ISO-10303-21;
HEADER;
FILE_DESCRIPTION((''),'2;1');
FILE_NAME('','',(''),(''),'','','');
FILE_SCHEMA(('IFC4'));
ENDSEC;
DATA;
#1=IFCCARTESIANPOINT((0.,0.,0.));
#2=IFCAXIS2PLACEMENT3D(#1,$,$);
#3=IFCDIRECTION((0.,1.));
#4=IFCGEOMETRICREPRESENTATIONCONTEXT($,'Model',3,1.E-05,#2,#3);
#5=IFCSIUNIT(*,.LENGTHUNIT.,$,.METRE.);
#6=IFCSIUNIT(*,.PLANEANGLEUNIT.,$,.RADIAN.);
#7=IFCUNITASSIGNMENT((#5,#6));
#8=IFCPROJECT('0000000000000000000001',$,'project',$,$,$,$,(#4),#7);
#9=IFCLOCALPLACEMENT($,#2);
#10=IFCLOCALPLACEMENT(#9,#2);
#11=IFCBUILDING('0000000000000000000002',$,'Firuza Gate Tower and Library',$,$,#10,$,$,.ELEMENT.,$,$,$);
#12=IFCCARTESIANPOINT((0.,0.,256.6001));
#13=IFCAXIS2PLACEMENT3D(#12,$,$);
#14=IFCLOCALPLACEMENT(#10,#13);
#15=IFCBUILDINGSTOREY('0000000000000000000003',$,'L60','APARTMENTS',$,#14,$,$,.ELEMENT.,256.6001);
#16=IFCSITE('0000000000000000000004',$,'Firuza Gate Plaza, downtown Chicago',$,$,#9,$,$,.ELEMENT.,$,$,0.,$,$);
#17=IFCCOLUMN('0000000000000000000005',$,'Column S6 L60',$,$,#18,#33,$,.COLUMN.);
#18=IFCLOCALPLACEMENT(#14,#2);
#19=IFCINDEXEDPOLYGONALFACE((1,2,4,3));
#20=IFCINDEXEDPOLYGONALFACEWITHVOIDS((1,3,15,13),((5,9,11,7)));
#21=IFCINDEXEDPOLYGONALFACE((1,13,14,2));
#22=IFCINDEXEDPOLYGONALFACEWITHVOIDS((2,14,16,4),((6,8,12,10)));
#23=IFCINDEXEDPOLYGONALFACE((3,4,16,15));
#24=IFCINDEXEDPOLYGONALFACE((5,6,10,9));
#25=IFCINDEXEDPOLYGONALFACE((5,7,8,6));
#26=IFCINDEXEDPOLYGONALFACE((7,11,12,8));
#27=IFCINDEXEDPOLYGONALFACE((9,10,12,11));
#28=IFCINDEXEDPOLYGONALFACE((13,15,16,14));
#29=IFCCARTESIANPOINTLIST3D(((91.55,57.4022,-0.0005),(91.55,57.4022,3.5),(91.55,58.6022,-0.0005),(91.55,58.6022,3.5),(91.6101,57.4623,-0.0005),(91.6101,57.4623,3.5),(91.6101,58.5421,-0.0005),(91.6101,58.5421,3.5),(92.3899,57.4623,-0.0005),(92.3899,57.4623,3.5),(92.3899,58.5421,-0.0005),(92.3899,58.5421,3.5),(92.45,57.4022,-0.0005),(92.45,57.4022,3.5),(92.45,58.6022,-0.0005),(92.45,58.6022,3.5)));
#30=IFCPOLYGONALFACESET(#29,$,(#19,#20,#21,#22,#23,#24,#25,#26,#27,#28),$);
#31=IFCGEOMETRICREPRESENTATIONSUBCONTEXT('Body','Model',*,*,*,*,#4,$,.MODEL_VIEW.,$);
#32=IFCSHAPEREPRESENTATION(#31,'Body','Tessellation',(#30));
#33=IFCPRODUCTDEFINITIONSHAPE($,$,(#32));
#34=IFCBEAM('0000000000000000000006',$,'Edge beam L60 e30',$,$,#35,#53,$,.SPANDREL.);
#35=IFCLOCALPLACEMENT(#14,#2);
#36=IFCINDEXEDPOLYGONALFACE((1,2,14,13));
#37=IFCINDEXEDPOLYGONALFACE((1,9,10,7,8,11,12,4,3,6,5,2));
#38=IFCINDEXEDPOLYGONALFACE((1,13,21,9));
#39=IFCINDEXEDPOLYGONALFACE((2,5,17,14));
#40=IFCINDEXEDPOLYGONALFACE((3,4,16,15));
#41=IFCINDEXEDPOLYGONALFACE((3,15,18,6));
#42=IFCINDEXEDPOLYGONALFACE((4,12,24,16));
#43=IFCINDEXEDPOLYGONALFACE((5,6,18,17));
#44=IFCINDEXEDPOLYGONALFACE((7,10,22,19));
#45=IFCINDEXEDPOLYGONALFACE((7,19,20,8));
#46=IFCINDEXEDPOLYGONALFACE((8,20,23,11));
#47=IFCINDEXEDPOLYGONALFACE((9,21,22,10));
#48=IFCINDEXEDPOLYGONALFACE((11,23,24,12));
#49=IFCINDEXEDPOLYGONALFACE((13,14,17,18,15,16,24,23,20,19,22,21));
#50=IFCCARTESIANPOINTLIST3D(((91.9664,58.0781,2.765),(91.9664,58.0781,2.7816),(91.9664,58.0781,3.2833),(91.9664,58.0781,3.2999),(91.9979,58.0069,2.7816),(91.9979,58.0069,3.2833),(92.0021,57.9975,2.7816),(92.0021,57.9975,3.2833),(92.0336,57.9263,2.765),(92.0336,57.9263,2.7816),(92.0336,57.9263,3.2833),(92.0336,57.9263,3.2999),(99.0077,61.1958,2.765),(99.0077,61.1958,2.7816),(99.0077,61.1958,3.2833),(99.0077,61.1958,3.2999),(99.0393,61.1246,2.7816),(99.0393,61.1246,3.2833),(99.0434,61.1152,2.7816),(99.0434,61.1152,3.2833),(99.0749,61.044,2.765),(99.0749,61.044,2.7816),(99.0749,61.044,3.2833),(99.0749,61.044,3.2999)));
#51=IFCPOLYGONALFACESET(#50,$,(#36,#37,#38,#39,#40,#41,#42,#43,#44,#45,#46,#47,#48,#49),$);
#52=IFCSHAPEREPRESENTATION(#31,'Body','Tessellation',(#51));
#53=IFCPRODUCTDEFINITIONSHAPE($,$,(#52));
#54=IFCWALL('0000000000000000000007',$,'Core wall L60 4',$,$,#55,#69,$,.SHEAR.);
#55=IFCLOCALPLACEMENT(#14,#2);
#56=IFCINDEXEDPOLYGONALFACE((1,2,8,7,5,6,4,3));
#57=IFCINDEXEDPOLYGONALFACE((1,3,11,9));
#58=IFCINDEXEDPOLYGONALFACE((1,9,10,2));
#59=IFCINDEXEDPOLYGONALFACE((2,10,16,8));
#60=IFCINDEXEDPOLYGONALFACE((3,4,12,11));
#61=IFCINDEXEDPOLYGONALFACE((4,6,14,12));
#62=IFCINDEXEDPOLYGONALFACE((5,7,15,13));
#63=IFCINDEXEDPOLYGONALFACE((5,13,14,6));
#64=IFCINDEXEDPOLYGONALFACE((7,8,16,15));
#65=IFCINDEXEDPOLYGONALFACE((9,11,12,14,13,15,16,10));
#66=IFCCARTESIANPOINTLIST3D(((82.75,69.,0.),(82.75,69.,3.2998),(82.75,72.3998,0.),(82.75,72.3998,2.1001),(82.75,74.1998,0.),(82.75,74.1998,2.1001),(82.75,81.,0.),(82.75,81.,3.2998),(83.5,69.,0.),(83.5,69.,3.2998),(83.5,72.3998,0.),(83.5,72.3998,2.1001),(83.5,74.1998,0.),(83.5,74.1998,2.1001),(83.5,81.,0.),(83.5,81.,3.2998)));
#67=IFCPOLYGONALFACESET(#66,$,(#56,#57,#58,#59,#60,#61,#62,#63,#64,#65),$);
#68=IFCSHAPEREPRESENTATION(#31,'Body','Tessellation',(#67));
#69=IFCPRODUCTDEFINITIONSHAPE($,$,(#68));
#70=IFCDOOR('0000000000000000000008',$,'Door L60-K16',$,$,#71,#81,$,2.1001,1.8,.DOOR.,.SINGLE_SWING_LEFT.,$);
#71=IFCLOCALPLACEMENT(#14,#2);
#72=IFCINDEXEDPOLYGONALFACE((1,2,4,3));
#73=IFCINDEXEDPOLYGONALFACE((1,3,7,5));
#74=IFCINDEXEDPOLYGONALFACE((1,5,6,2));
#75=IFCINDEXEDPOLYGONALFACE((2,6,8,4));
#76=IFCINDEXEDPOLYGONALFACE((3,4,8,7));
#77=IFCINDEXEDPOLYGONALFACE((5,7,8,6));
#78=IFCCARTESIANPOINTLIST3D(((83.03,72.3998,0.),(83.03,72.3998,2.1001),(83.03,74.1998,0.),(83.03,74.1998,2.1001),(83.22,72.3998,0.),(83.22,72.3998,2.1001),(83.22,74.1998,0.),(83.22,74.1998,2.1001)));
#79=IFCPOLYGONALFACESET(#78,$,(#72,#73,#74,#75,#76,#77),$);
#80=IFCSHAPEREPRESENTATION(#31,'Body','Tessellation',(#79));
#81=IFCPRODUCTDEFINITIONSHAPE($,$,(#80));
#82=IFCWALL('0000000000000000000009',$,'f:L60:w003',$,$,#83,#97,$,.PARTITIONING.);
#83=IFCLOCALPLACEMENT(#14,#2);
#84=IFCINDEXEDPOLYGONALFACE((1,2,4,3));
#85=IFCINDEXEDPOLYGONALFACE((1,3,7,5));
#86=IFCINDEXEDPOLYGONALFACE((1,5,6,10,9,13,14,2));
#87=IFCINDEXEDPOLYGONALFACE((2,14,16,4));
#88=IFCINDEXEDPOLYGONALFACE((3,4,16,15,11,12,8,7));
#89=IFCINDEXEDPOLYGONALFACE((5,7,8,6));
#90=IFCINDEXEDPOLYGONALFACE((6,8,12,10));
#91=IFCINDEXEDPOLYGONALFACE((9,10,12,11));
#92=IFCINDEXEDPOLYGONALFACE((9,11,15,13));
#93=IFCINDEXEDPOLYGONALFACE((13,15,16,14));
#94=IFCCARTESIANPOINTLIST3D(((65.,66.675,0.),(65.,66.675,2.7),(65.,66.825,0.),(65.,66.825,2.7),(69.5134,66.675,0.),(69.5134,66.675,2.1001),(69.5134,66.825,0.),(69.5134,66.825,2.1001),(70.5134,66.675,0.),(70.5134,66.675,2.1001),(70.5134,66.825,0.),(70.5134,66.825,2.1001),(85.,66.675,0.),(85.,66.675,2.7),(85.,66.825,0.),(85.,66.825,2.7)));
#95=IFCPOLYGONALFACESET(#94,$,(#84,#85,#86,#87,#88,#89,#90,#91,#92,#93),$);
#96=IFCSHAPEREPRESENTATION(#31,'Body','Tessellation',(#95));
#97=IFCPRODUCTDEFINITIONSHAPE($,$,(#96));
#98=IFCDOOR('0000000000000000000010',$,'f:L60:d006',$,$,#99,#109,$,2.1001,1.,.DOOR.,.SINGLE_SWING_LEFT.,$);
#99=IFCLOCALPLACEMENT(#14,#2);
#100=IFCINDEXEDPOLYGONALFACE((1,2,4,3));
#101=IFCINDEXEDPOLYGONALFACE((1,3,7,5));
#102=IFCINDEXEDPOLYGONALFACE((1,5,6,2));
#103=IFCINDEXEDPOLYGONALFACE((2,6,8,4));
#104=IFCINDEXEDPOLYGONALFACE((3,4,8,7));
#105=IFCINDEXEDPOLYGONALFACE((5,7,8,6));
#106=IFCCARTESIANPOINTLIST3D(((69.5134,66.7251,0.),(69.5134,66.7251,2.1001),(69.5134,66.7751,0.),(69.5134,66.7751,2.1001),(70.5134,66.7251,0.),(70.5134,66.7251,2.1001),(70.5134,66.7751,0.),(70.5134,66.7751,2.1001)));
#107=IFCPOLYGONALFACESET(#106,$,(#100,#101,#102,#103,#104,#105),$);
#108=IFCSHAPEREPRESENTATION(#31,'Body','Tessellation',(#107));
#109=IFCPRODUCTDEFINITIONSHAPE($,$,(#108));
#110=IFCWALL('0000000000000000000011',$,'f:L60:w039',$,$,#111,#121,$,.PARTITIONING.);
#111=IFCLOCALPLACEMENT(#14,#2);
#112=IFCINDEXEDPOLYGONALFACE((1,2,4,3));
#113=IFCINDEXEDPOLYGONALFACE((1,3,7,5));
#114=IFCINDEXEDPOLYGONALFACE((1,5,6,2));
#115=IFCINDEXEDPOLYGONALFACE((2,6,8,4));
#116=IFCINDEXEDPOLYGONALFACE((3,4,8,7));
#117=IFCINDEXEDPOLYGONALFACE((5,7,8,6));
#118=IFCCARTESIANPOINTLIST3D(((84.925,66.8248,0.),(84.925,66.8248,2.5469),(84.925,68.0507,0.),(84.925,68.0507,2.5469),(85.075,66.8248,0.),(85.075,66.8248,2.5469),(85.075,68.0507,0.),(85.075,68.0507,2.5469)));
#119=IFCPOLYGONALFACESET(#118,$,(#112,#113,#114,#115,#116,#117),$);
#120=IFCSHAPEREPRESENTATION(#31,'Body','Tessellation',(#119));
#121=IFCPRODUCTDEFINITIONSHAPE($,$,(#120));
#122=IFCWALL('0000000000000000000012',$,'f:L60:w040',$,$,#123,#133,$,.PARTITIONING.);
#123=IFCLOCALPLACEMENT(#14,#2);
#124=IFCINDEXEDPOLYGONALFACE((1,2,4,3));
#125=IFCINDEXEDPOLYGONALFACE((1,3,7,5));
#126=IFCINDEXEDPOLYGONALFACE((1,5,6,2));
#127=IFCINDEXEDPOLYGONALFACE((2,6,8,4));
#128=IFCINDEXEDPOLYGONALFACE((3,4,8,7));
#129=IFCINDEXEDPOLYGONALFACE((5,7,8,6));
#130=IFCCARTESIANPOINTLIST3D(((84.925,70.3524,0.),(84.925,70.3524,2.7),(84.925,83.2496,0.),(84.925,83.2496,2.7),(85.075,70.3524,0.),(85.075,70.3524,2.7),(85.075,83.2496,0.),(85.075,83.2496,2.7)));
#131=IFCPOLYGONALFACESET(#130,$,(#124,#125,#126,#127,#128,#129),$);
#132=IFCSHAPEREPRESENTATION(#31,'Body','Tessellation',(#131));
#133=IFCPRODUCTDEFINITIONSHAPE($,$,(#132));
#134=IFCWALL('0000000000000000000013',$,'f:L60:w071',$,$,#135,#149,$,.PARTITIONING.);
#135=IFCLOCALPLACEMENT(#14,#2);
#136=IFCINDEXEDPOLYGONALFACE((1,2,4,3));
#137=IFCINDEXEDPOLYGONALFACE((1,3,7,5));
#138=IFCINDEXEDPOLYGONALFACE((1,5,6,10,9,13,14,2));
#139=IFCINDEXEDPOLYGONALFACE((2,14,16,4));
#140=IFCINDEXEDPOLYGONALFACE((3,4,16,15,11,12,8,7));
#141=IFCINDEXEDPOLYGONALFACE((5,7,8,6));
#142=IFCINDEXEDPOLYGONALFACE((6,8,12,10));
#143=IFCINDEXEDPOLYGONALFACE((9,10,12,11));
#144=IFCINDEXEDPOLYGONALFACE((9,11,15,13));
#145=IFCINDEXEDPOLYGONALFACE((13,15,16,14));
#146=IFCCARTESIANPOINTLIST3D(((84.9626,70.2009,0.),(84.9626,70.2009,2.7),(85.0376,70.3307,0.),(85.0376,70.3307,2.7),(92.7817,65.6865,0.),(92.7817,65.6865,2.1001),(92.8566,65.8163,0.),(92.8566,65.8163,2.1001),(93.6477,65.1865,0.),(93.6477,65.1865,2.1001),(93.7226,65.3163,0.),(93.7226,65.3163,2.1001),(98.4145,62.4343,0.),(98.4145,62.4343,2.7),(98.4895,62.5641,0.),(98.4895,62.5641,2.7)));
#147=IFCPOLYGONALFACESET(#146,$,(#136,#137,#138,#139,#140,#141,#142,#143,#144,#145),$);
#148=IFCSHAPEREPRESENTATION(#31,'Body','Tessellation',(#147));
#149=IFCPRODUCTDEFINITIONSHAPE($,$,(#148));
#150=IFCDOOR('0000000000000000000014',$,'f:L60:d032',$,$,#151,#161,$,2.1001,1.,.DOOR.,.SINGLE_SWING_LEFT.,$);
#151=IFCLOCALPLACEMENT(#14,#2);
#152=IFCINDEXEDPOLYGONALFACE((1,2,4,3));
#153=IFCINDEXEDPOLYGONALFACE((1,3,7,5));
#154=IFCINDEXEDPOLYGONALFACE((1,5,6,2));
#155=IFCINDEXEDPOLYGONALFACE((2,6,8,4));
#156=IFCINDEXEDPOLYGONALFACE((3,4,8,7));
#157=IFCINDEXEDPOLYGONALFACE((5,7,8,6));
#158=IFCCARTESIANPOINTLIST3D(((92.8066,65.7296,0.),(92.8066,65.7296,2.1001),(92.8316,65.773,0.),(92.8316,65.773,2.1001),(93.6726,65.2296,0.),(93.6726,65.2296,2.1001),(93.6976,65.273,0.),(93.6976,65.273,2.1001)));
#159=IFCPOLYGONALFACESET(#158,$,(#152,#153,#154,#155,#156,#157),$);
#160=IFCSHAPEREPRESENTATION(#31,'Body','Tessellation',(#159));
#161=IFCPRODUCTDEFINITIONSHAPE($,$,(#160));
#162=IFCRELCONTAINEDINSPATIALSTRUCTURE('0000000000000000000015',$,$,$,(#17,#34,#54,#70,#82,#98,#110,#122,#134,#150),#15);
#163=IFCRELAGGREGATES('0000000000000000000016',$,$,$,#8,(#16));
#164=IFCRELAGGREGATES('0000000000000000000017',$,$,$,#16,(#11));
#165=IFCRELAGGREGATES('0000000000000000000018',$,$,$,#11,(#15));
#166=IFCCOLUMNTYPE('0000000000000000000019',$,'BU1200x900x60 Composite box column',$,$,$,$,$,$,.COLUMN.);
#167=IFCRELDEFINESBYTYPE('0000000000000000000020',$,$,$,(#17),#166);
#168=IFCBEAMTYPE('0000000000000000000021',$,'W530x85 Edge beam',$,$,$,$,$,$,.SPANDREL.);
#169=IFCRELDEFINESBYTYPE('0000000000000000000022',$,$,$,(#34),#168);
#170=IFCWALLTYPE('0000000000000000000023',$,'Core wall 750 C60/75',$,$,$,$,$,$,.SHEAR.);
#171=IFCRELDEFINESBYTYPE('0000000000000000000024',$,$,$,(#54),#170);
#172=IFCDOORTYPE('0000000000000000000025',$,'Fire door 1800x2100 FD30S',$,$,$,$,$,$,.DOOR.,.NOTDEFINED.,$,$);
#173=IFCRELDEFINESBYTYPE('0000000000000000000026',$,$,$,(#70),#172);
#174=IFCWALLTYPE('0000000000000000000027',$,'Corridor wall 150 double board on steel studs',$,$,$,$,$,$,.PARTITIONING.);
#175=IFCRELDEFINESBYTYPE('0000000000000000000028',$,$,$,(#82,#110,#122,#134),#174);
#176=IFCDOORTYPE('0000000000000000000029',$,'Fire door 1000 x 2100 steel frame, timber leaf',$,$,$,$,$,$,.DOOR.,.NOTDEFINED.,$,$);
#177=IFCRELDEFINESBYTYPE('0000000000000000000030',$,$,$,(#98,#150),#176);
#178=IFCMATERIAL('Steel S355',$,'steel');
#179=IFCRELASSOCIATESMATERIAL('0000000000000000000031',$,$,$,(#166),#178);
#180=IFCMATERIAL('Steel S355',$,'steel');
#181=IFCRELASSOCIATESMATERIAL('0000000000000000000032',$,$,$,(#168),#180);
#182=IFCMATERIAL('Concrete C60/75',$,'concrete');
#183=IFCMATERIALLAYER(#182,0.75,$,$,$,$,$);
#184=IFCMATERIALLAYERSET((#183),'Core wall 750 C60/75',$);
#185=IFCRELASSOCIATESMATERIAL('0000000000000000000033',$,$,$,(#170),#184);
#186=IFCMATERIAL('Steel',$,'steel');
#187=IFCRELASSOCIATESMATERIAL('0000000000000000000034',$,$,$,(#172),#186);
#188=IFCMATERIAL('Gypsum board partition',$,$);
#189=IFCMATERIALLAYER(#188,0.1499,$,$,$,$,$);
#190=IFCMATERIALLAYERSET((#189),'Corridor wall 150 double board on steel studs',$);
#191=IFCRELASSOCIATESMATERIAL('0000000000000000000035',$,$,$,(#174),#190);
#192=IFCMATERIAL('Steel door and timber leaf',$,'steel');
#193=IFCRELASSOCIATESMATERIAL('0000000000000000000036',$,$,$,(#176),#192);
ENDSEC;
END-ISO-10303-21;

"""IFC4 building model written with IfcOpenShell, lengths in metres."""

from ifc_helpers import new_model, si_unit, direction, frame, frame_2d, origin, origin_2d, place, context, subcontext, project, spatial, rectangle, hollow_rectangle, i_section, extrude, material, layer, layer_set, material_profile, profile_set, type_object, element, fill, save


model = new_model("IFC4")

# Units and contexts
model_context = context("Model", 3, precision=1e-05, world=origin(), true_north=direction((0.0, 1.0)))
body_context = subcontext(model_context, "Body", "Model", "MODEL_VIEW")
ifc_project = project(units=[si_unit("LENGTHUNIT", "METRE"), si_unit("PLANEANGLEUNIT", "RADIAN")], contexts=[model_context])

# Site, building, storey
site_placement = place(None, origin())
site = spatial("IfcSite", under=ifc_project, at=site_placement, Name="Firuza Gate Plaza, downtown Chicago", CompositionType="ELEMENT", RefElevation=0.0)
building_placement = place(site_placement, origin())
building = spatial("IfcBuilding", under=site, at=building_placement, Name="Firuza Gate Tower and Library", CompositionType="ELEMENT")
storey_placement = place(building_placement, frame((0.0, 0.0, 256.6001)))
storey = spatial("IfcBuildingStorey", under=building, at=storey_placement, Name="L60", Description="APARTMENTS", CompositionType="ELEMENT", Elevation=256.6001)

# Column
ifc_material_1 = material(Name="Steel S355", Category="steel")
ifc_material_profile_1 = material_profile(ifc_material_1, hollow_rectangle(XDim=0.8999, YDim=1.2, WallThickness=0.0601, at=origin_2d()))
ifc_profile_set_1 = profile_set([ifc_material_profile_1], Name="Steel S355")
column_type = type_object("IfcColumnType", Name="BU1200x900x60 Composite box column", PredefinedType="COLUMN", material=ifc_profile_set_1)
column_placement = place(storey_placement, frame((92.0, 58.0022, -0.0005), z_axis=(0.0, 0.0, 1.0), x_axis=(1.0, 0.0, 0.0)))
element("IfcColumn", 1, at=column_placement, inside=storey, type_object=column_type, Name="Column S6 L60", PredefinedType="COLUMN", context=body_context, shape_type="SweptSolid", body=[
    extrude(hollow_rectangle(XDim=0.8999, YDim=1.2, WallThickness=0.0601, at=origin_2d()), origin(), (0.0, 0.0, 1.0), 3.5005),
])

# Beam
ifc_material_2 = material(Name="Steel S355", Category="steel")
ifc_material_profile_2 = material_profile(ifc_material_2, i_section(OverallWidth=0.166, OverallDepth=0.5349, WebThickness=0.0103, FlangeThickness=0.0166, at=origin_2d()))
ifc_profile_set_2 = profile_set([ifc_material_profile_2], Name="Steel S355")
beam_type = type_object("IfcBeamType", Name="W530x85 Edge beam", PredefinedType="SPANDREL", material=ifc_profile_set_2)
beam_placement = place(storey_placement, frame((92.0, 58.0022, 3.0325), z_axis=(0.914378, 0.404861, 0.0), x_axis=(-0.404861, 0.914378, 0.0)))
element("IfcBeam", 2, at=beam_placement, inside=storey, type_object=beam_type, Name="Edge beam L60 e30", PredefinedType="SPANDREL", context=body_context, shape_type="SweptSolid", body=[
    extrude(i_section(OverallWidth=0.166, OverallDepth=0.5349, WebThickness=0.0103, FlangeThickness=0.0166, at=origin_2d()), origin(), (0.0, 0.0, 1.0), 7.7007),
])

# Walls, openings, doors
ifc_material_3 = material(Name="Concrete C60/75", Category="concrete")
ifc_layer_1 = layer(ifc_material_3, 0.75)
ifc_layer_set_1 = layer_set([ifc_layer_1], Name="Core wall 750 C60/75")
wall_type_1 = type_object("IfcWallType", Name="Core wall 750 C60/75", PredefinedType="SHEAR", material=ifc_layer_set_1)
wall_1_placement = place(storey_placement, frame((83.125, 69.0, 0.0), z_axis=(0.0, 0.0, 1.0), x_axis=(0.0, 1.0, 0.0)))
wall_1 = element("IfcWall", 3, at=wall_1_placement, inside=storey, type_object=wall_type_1, Name="Core wall L60 4", PredefinedType="SHEAR", context=body_context, shape_type="SweptSolid", body=[
    extrude(rectangle(XDim=12.0, YDim=0.75, at=frame_2d((6.0, 0.0))), origin(), (0.0, 0.0, 1.0), 3.2998),
])
opening_1_placement = place(wall_1_placement, frame((3.3999, 0.0, 0.0)))
opening_1 = element("IfcOpeningElement", 4, at=opening_1_placement, cuts=wall_1, PredefinedType="OPENING", context=body_context, shape_type="SweptSolid", body=[
    extrude(rectangle(XDim=1.8, YDim=2.1001, at=frame_2d((0.8999, 1.05))), frame((0.0, 0.385, 0.0), z_axis=(0.0, -1.0, 0.0), x_axis=(1.0, 0.0, 0.0)), (0.0, 0.0, 1.0), 0.77),
])
ifc_material_4 = material(Name="Steel", Category="steel")
door_type_1 = type_object("IfcDoorType", Name="Fire door 1800x2100 FD30S", OperationType="NOTDEFINED", PredefinedType="DOOR", material=ifc_material_4)
door_1_placement = place(opening_1_placement, origin())
door_1 = element("IfcDoor", 5, at=door_1_placement, inside=storey, type_object=door_type_1, Name="Door L60-K16", OperationType="SINGLE_SWING_LEFT", OverallHeight=2.1001, OverallWidth=1.8, PredefinedType="DOOR", context=body_context, shape_type="SweptSolid", body=[
    extrude(rectangle(XDim=1.8, YDim=2.1001, at=frame_2d((0.8999, 1.05))), frame((0.0, 0.095, 0.0), z_axis=(0.0, -1.0, 0.0), x_axis=(1.0, 0.0, 0.0)), (0.0, 0.0, 1.0), 0.1899),
])
fill(opening_1, door_1)
ifc_material_5 = material(Name="Gypsum board partition")
ifc_layer_2 = layer(ifc_material_5, 0.1499)
ifc_layer_set_2 = layer_set([ifc_layer_2], Name="Corridor wall 150 double board on steel studs")
wall_type_2 = type_object("IfcWallType", Name="Corridor wall 150 double board on steel studs", PredefinedType="PARTITIONING", material=ifc_layer_set_2)
wall_2_placement = place(storey_placement, frame((85.0, 66.75, 0.0), z_axis=(0.0, 0.0, 1.0), x_axis=(-1.0, 0.0, 0.0)))
wall_2 = element("IfcWall", 6, at=wall_2_placement, inside=storey, type_object=wall_type_2, Name="f:L60:w003", PredefinedType="PARTITIONING", context=body_context, shape_type="SweptSolid", body=[
    extrude(rectangle(XDim=20.0, YDim=0.1499, at=frame_2d((10.0, 0.0))), origin(), (0.0, 0.0, 1.0), 2.7),
])
opening_2_placement = place(wall_2_placement, frame((14.4866, 0.0, 0.0)))
opening_2 = element("IfcOpeningElement", 7, at=opening_2_placement, cuts=wall_2, PredefinedType="OPENING", context=body_context, shape_type="SweptSolid", body=[
    extrude(rectangle(XDim=1.0, YDim=2.1001, at=frame_2d((0.5, 1.05))), frame((0.0, 0.085, 0.0), z_axis=(0.0, -1.0, 0.0), x_axis=(1.0, 0.0, 0.0)), (0.0, 0.0, 1.0), 0.1699),
])
ifc_material_6 = material(Name="Steel door and timber leaf", Category="steel")
door_type_2 = type_object("IfcDoorType", Name="Fire door 1000 x 2100 steel frame, timber leaf", OperationType="NOTDEFINED", PredefinedType="DOOR", material=ifc_material_6)
door_2_placement = place(opening_2_placement, origin())
door_2 = element("IfcDoor", 8, at=door_2_placement, inside=storey, type_object=door_type_2, Name="f:L60:d006", OperationType="SINGLE_SWING_LEFT", OverallHeight=2.1001, OverallWidth=1.0, PredefinedType="DOOR", context=body_context, shape_type="SweptSolid", body=[
    extrude(rectangle(XDim=1.0, YDim=2.1001, at=frame_2d((0.5, 1.05))), frame((0.0, 0.0249, 0.0), z_axis=(0.0, -1.0, 0.0), x_axis=(1.0, 0.0, 0.0)), (0.0, 0.0, 1.0), 0.05),
])
fill(opening_2, door_2)

# Walls
wall_3_placement = place(storey_placement, frame((85.0, 66.825, 0.0), z_axis=(0.0, 0.0, 1.0), x_axis=(0.0, 1.0, 0.0)))
element("IfcWall", 9, at=wall_3_placement, inside=storey, type_object=wall_type_2, Name="f:L60:w039", PredefinedType="PARTITIONING", context=body_context, shape_type="SweptSolid", body=[
    extrude(rectangle(XDim=1.2258, YDim=0.1499, at=frame_2d((0.6128, 0.0))), origin(), (0.0, 0.0, 1.0), 2.5469),
])
wall_4_placement = place(storey_placement, frame((85.0, 70.3523, 0.0), z_axis=(0.0, 0.0, 1.0), x_axis=(0.0, 1.0, 0.0)))
element("IfcWall", 10, at=wall_4_placement, inside=storey, type_object=wall_type_2, Name="f:L60:w040", PredefinedType="PARTITIONING", context=body_context, shape_type="SweptSolid", body=[
    extrude(rectangle(XDim=12.8972, YDim=0.1499, at=frame_2d((6.4487, 0.0))), origin(), (0.0, 0.0, 1.0), 2.7),
])

# Wall, opening, door
wall_5_placement = place(storey_placement, frame((85.0, 70.2659, 0.0), z_axis=(0.0, 0.0, 1.0), x_axis=(0.866021, -0.500007, 0.0)))
wall_5 = element("IfcWall", 11, at=wall_5_placement, inside=storey, type_object=wall_type_2, Name="f:L60:w071", PredefinedType="PARTITIONING", context=body_context, shape_type="SweptSolid", body=[
    extrude(rectangle(XDim=15.533, YDim=0.1499, at=frame_2d((7.7666, 0.0))), origin(), (0.0, 0.0, 1.0), 2.7),
])
opening_3_placement = place(wall_5_placement, frame((9.0288, 0.0, 0.0)))
opening_3 = element("IfcOpeningElement", 12, at=opening_3_placement, cuts=wall_5, PredefinedType="OPENING", context=body_context, shape_type="SweptSolid", body=[
    extrude(rectangle(XDim=1.0, YDim=2.1001, at=frame_2d((0.5, 1.05))), frame((0.0, 0.085, 0.0), z_axis=(0.0, -1.0, 0.0), x_axis=(1.0, 0.0, 0.0)), (0.0, 0.0, 1.0), 0.1699),
])
door_3_placement = place(opening_3_placement, origin())
door_3 = element("IfcDoor", 13, at=door_3_placement, inside=storey, type_object=door_type_2, Name="f:L60:d032", OperationType="SINGLE_SWING_LEFT", OverallHeight=2.1001, OverallWidth=1.0, PredefinedType="DOOR", context=body_context, shape_type="SweptSolid", body=[
    extrude(rectangle(XDim=1.0, YDim=2.1001, at=frame_2d((0.5, 1.05))), frame((0.0, 0.0249, 0.0), z_axis=(0.0, -1.0, 0.0), x_axis=(1.0, 0.0, 0.0)), (0.0, 0.0, 1.0), 0.05),
])
fill(opening_3, door_3)

save(model, "model.ifc")
